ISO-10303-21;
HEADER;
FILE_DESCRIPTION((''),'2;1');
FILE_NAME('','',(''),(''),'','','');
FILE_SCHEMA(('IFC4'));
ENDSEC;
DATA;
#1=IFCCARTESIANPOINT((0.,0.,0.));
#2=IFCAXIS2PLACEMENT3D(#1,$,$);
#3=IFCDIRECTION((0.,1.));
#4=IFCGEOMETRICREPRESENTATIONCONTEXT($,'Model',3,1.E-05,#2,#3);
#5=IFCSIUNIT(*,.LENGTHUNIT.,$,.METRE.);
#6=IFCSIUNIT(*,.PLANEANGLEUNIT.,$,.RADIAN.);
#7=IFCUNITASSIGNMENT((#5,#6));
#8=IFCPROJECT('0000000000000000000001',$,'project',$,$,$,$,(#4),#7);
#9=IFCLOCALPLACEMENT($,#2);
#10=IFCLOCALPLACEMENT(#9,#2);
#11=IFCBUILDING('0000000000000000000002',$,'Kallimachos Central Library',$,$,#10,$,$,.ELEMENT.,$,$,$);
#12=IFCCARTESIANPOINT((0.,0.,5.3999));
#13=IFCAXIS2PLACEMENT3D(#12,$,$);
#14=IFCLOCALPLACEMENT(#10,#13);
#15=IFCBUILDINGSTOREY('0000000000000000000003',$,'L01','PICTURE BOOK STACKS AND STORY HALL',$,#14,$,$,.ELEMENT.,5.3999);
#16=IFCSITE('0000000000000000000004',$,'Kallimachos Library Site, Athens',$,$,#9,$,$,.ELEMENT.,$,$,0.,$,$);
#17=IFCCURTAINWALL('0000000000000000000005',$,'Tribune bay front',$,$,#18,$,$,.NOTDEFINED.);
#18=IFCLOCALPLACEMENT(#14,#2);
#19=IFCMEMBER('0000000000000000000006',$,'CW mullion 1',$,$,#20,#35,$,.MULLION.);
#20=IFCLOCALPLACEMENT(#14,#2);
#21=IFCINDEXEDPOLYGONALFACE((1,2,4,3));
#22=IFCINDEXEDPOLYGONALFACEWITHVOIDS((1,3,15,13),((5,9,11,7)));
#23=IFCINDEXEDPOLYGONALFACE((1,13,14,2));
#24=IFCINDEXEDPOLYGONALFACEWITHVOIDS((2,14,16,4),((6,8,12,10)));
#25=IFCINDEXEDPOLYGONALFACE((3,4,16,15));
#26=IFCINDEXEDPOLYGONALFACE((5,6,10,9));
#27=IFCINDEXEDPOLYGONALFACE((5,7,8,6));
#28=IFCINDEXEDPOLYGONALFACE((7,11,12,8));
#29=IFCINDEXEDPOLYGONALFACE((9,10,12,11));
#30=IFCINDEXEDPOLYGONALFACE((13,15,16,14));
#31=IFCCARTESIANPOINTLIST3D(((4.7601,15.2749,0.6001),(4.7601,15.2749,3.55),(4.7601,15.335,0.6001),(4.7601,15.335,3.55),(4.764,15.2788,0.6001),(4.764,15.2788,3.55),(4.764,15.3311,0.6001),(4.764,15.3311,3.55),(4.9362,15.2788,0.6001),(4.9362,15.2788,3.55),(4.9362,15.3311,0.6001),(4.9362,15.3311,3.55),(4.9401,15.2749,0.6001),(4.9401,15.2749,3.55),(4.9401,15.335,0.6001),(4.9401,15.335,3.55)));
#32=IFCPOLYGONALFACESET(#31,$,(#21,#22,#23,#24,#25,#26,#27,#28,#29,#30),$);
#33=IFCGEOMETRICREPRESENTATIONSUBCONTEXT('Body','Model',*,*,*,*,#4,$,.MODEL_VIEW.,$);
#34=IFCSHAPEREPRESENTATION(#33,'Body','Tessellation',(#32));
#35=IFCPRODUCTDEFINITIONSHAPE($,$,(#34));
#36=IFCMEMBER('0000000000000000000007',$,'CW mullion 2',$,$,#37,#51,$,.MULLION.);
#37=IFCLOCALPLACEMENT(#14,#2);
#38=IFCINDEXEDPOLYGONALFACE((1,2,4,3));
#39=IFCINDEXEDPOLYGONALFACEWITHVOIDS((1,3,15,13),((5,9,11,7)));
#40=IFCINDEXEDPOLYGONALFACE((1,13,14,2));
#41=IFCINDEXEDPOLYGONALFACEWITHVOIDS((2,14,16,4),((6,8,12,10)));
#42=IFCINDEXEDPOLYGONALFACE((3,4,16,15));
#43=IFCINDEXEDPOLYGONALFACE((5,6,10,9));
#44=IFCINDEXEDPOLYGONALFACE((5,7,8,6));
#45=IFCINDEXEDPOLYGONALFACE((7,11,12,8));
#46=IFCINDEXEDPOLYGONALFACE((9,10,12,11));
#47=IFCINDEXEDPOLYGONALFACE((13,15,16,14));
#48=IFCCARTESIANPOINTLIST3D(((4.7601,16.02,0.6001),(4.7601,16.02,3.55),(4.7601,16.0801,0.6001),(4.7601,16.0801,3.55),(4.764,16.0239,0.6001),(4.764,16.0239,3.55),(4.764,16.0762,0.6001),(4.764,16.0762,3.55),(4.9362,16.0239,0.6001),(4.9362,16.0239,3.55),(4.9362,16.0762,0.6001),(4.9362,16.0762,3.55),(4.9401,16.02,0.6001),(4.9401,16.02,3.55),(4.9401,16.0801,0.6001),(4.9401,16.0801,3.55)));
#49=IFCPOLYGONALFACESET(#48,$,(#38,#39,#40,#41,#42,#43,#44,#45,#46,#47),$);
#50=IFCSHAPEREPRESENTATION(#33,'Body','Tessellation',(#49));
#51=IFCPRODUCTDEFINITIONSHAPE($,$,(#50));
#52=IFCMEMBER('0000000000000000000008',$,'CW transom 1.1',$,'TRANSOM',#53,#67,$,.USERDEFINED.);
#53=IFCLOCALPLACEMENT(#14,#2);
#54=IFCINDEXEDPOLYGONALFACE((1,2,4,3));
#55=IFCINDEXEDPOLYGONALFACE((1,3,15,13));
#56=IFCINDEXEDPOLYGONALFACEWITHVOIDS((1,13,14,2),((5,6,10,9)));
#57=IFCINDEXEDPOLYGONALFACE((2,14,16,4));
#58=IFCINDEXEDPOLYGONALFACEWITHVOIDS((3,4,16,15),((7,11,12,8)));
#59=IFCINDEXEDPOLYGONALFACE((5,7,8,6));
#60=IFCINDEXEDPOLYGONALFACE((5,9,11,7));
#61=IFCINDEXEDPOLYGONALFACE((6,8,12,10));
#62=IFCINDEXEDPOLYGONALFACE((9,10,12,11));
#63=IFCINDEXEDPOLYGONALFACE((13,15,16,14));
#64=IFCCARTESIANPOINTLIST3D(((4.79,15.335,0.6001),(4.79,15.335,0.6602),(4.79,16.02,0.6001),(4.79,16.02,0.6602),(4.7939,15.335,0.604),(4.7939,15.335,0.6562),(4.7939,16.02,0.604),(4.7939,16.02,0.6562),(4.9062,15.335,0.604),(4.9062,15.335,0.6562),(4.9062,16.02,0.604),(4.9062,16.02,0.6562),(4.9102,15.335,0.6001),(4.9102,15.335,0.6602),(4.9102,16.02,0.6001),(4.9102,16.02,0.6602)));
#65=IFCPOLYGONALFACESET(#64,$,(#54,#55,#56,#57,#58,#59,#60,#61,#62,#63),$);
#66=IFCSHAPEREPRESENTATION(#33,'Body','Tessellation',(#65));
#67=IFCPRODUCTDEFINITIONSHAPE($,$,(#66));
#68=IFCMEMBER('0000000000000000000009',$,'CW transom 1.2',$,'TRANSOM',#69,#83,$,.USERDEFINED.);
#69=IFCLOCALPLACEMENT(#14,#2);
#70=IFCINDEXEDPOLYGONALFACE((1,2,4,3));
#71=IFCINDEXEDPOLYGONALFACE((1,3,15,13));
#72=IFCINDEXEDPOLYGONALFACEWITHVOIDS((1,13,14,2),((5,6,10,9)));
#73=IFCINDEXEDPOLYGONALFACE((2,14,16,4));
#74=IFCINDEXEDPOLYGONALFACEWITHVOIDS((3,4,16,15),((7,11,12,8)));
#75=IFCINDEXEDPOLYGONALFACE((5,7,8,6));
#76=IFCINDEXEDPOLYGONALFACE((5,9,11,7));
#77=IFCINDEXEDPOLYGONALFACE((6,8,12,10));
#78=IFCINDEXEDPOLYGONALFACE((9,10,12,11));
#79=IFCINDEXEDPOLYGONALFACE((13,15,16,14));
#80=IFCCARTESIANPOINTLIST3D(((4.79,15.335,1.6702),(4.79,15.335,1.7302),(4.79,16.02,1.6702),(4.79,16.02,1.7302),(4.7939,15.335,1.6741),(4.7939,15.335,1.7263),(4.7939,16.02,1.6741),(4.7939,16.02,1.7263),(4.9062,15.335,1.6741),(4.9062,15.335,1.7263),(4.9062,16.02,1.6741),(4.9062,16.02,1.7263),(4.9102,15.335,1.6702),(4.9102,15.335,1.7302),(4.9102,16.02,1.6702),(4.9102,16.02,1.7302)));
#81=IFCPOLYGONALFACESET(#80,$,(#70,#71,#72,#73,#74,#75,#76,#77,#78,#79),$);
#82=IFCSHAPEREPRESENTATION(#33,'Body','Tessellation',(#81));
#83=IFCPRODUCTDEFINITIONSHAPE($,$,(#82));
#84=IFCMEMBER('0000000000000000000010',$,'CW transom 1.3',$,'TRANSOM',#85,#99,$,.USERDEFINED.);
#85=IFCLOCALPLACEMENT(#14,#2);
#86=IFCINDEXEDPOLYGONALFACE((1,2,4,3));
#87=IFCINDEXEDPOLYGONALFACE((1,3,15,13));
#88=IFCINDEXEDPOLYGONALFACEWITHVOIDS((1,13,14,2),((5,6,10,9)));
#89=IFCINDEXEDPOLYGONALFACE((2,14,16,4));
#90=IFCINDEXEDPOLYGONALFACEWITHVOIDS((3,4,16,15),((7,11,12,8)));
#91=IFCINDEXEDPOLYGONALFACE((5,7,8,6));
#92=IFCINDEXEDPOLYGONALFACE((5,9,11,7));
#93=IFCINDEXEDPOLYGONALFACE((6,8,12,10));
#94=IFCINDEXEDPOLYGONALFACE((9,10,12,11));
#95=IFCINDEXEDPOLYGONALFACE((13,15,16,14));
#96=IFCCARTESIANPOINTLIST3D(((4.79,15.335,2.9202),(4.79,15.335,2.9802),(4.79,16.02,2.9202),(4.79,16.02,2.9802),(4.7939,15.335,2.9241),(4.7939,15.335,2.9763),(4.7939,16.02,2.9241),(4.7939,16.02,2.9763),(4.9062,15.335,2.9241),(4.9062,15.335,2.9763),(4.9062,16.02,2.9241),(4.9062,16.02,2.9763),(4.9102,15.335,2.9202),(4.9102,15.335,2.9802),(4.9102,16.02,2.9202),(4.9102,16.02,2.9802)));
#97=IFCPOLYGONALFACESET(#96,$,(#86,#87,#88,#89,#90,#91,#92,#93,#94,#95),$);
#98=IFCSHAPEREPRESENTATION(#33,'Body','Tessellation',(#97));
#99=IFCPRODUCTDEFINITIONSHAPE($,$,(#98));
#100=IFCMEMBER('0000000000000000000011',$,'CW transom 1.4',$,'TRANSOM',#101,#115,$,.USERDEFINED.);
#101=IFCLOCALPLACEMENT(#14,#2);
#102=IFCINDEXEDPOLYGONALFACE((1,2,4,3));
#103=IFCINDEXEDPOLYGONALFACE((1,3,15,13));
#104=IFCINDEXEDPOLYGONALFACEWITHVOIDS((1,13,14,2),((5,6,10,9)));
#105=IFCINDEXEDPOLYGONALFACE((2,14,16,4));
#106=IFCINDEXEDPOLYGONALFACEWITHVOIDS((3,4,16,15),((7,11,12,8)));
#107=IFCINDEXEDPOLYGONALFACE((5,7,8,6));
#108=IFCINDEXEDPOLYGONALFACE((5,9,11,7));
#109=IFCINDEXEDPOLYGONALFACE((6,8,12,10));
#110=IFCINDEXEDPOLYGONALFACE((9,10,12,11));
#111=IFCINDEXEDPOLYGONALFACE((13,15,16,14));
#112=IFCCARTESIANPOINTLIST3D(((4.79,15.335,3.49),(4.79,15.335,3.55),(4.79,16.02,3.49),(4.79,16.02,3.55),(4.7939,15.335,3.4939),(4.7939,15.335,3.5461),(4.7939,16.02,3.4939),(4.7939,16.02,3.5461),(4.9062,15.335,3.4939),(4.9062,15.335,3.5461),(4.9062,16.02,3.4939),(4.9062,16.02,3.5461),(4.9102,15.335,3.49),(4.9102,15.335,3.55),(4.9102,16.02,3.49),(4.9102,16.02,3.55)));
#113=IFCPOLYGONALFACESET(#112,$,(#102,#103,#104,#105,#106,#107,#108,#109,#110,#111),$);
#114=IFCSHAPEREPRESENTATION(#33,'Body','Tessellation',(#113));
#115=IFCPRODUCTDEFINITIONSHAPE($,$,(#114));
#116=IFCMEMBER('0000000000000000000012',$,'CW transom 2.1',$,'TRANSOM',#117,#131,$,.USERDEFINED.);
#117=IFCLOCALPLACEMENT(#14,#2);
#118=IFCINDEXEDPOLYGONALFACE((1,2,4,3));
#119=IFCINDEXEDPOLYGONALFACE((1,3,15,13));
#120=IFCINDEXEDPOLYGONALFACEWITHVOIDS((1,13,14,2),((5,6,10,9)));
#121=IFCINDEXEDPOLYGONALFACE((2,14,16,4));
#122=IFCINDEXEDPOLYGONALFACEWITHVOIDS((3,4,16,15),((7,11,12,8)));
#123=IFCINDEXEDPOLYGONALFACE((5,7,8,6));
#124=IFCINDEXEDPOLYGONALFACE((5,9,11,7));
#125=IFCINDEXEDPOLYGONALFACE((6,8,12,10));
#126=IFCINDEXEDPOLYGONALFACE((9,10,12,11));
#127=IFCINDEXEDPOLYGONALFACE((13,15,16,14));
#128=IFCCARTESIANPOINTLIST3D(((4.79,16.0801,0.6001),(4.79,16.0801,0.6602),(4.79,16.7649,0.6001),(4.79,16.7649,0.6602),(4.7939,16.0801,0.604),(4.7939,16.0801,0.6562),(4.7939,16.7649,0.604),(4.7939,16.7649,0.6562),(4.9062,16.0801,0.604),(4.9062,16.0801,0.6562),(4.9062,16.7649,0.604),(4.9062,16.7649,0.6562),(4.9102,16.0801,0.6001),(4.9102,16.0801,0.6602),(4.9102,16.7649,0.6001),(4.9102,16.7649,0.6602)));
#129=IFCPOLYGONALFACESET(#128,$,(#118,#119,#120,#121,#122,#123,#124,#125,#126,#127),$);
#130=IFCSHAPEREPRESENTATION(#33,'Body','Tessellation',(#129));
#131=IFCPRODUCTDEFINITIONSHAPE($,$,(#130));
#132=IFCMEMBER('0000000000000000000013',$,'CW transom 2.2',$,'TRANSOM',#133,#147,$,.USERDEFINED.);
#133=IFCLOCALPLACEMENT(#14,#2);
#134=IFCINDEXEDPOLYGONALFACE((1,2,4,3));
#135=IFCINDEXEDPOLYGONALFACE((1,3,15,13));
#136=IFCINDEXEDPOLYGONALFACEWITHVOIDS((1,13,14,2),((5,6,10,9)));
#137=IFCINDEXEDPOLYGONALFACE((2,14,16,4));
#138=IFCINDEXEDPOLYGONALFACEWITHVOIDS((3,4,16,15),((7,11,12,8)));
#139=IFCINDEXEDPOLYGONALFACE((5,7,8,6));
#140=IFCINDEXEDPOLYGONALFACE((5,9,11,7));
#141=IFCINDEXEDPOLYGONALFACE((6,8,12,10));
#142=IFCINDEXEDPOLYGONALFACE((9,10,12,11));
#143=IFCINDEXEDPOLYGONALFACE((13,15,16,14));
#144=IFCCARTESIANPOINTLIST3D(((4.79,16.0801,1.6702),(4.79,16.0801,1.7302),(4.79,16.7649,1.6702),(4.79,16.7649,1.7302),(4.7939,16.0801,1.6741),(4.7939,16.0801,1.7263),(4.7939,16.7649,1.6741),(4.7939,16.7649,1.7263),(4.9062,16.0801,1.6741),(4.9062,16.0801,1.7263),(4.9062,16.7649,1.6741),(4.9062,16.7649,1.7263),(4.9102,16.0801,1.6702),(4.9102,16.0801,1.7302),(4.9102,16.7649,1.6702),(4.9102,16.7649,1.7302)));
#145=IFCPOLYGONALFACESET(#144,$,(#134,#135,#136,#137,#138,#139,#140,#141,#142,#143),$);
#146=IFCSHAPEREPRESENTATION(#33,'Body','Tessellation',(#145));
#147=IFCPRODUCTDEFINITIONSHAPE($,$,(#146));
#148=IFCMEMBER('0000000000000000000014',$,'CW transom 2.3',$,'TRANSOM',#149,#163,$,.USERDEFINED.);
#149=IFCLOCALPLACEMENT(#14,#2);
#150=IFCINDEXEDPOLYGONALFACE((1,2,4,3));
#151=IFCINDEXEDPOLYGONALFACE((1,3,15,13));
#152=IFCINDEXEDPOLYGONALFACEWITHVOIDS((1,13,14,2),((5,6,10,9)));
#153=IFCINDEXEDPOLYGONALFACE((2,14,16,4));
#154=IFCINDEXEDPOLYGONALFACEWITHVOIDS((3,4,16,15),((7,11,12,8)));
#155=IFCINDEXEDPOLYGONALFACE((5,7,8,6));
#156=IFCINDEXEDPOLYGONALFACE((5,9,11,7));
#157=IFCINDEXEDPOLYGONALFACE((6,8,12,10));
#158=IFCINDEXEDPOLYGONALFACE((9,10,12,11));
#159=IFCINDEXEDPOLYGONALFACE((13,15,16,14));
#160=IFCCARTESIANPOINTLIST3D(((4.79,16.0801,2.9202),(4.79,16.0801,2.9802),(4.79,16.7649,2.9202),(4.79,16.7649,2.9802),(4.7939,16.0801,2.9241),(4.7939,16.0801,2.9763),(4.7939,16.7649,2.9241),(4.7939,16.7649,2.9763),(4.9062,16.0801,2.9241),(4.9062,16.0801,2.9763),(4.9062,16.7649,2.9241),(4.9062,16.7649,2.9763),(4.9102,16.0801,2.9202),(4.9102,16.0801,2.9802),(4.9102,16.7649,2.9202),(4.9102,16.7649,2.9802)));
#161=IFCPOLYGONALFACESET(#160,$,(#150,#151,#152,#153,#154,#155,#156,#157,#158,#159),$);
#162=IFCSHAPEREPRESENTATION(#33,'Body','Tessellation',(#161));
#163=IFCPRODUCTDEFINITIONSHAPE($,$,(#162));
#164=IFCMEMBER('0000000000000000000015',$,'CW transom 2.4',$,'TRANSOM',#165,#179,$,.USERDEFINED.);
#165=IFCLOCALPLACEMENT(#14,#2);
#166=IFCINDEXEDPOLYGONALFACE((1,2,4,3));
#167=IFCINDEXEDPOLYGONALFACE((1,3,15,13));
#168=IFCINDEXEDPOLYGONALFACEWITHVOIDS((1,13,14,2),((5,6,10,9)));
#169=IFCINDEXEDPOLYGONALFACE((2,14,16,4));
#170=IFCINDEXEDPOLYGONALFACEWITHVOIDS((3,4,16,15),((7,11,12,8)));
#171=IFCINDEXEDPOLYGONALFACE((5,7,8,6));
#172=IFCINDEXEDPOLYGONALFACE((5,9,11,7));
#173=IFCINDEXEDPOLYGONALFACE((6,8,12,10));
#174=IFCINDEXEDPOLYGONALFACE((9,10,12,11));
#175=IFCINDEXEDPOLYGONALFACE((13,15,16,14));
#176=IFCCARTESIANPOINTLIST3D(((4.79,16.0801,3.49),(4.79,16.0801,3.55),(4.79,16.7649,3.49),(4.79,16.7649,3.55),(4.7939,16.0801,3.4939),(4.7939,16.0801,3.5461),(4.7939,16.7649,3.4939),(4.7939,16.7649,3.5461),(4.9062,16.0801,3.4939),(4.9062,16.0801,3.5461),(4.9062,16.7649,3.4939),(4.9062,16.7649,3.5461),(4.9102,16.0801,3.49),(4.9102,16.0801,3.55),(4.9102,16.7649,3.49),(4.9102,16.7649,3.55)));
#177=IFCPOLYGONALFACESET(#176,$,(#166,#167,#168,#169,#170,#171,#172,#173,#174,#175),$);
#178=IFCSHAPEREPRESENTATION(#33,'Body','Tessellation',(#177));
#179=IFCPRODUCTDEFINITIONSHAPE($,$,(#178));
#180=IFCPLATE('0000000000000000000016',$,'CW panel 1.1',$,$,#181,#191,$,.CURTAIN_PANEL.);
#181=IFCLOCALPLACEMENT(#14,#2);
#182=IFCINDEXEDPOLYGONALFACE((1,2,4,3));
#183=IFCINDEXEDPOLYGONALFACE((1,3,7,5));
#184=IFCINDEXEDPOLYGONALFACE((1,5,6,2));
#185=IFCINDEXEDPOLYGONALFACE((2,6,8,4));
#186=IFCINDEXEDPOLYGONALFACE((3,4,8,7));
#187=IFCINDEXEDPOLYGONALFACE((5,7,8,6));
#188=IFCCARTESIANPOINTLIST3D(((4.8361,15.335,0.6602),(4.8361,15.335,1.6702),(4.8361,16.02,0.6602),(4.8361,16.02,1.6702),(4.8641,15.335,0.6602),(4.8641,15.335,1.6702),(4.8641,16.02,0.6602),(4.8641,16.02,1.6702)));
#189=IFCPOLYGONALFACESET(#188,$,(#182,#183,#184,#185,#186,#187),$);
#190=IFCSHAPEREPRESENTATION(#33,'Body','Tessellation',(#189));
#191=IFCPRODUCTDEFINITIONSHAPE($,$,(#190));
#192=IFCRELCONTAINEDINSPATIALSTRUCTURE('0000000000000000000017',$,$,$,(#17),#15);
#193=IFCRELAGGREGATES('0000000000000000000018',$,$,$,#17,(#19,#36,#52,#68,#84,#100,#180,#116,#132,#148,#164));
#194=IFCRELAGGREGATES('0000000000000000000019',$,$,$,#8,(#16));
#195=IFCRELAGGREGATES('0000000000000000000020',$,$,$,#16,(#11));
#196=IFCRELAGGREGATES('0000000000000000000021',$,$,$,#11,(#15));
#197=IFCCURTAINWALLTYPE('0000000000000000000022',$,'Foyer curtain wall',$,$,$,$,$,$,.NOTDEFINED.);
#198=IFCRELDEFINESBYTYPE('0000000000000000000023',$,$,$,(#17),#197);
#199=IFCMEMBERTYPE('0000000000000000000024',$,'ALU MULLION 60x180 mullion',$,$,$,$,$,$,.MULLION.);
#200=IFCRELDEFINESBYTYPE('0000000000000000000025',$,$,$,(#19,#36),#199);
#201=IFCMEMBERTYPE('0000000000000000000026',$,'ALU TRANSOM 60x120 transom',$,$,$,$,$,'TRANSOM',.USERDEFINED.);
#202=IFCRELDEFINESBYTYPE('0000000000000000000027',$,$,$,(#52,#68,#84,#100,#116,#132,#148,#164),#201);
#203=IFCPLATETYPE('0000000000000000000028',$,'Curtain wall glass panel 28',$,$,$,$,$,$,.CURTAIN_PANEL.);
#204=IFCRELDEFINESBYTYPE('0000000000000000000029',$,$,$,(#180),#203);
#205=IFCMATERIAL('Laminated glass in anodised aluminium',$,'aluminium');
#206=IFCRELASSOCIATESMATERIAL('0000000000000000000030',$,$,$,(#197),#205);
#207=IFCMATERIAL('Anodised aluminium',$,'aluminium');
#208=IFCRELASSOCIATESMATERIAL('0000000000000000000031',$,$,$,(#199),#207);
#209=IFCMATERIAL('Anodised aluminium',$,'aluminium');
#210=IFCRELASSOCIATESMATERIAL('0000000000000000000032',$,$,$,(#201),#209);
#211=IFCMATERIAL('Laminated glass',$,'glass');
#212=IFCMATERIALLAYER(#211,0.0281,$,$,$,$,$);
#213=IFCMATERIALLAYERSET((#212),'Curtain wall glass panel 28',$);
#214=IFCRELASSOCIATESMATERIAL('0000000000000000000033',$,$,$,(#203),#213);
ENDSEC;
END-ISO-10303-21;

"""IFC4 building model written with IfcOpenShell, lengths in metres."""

from ifc_helpers import new_model, si_unit, direction, frame, origin, origin_2d, place, context, subcontext, project, spatial, rectangle, hollow_rectangle, extrude, material, layer, layer_set, material_profile, profile_set, type_object, element, aggregate, save


model = new_model("IFC4")

# Units and contexts
model_context = context("Model", 3, precision=1e-05, world=origin(), true_north=direction((0.0, 1.0)))
body_context = subcontext(model_context, "Body", "Model", "MODEL_VIEW")
ifc_project = project(units=[si_unit("LENGTHUNIT", "METRE"), si_unit("PLANEANGLEUNIT", "RADIAN")], contexts=[model_context])

# Site, building, storey
site_placement = place(None, origin())
site = spatial("IfcSite", under=ifc_project, at=site_placement, Name="Kallimachos Library Site, Athens", CompositionType="ELEMENT", RefElevation=0.0)
building_placement = place(site_placement, origin())
building = spatial("IfcBuilding", under=site, at=building_placement, Name="Kallimachos Central Library", CompositionType="ELEMENT")
storey_placement = place(building_placement, frame((0.0, 0.0, 5.3999)))
storey = spatial("IfcBuildingStorey", under=building, at=storey_placement, Name="L01", Description="PICTURE BOOK STACKS AND STORY HALL", CompositionType="ELEMENT", Elevation=5.3999)

# Curtain wall, members, plate
ifc_material_1 = material(Name="Laminated glass in anodised aluminium", Category="aluminium")
curtain_wall_type = type_object("IfcCurtainWallType", Name="Foyer curtain wall", PredefinedType="NOTDEFINED", material=ifc_material_1)
curtain_wall_placement = place(storey_placement, origin())
curtain_wall = element("IfcCurtainWall", 1, at=curtain_wall_placement, inside=storey, type_object=curtain_wall_type, Name="Tribune bay front", PredefinedType="NOTDEFINED")
ifc_material_2 = material(Name="Anodised aluminium", Category="aluminium")
ifc_material_profile_1 = material_profile(ifc_material_2, hollow_rectangle(XDim=0.0601, YDim=0.1799, WallThickness=0.0039, at=origin_2d()), Name="ALU MULLION 60x180")
ifc_profile_set_1 = profile_set([ifc_material_profile_1], Name="Anodised aluminium")
member_type_1 = type_object("IfcMemberType", Name="ALU MULLION 60x180 mullion", PredefinedType="MULLION", material=ifc_profile_set_1)
member_1_placement = place(storey_placement, frame((4.8501, 15.3049, 0.6001), z_axis=(0.0, 0.0, 1.0), x_axis=(0.0, 1.0, 0.0)))
member_1 = element("IfcMember", 2, at=member_1_placement, type_object=member_type_1, Name="CW mullion 1", PredefinedType="MULLION", context=body_context, shape_type="SweptSolid", body=[
    extrude(hollow_rectangle(XDim=0.0601, YDim=0.1799, WallThickness=0.0039, at=origin_2d()), origin(), (0.0, 0.0, 1.0), 2.95),
])
member_2_placement = place(storey_placement, frame((4.8501, 16.05, 0.6001), z_axis=(0.0, 0.0, 1.0), x_axis=(0.0, 1.0, 0.0)))
member_2 = element("IfcMember", 3, at=member_2_placement, type_object=member_type_1, Name="CW mullion 2", PredefinedType="MULLION", context=body_context, shape_type="SweptSolid", body=[
    extrude(hollow_rectangle(XDim=0.0601, YDim=0.1799, WallThickness=0.0039, at=origin_2d()), origin(), (0.0, 0.0, 1.0), 2.95),
])
ifc_material_3 = material(Name="Anodised aluminium", Category="aluminium")
ifc_material_profile_2 = material_profile(ifc_material_3, hollow_rectangle(XDim=0.0601, YDim=0.1201, WallThickness=0.0039, at=origin_2d()), Name="ALU TRANSOM 60x120")
ifc_profile_set_2 = profile_set([ifc_material_profile_2], Name="Anodised aluminium")
member_type_2 = type_object("IfcMemberType", Name="ALU TRANSOM 60x120 transom", ElementType="TRANSOM", PredefinedType="USERDEFINED", material=ifc_profile_set_2)
member_3_placement = place(storey_placement, frame((4.8501, 15.335, 0.6301), z_axis=(0.0, 1.0, 0.0), x_axis=(0.0, 0.0, 1.0)))
member_3 = element("IfcMember", 4, at=member_3_placement, type_object=member_type_2, Name="CW transom 1.1", ObjectType="TRANSOM", PredefinedType="USERDEFINED", context=body_context, shape_type="SweptSolid", body=[
    extrude(hollow_rectangle(XDim=0.0601, YDim=0.1201, WallThickness=0.0039, at=origin_2d()), origin(), (0.0, 0.0, 1.0), 0.6851),
])
member_4_placement = place(storey_placement, frame((4.8501, 15.335, 1.7002), z_axis=(0.0, 1.0, 0.0), x_axis=(0.0, 0.0, 1.0)))
member_4 = element("IfcMember", 5, at=member_4_placement, type_object=member_type_2, Name="CW transom 1.2", ObjectType="TRANSOM", PredefinedType="USERDEFINED", context=body_context, shape_type="SweptSolid", body=[
    extrude(hollow_rectangle(XDim=0.0601, YDim=0.1201, WallThickness=0.0039, at=origin_2d()), origin(), (0.0, 0.0, 1.0), 0.6851),
])
member_5_placement = place(storey_placement, frame((4.8501, 15.335, 2.9502), z_axis=(0.0, 1.0, 0.0), x_axis=(0.0, 0.0, 1.0)))
member_5 = element("IfcMember", 6, at=member_5_placement, type_object=member_type_2, Name="CW transom 1.3", ObjectType="TRANSOM", PredefinedType="USERDEFINED", context=body_context, shape_type="SweptSolid", body=[
    extrude(hollow_rectangle(XDim=0.0601, YDim=0.1201, WallThickness=0.0039, at=origin_2d()), origin(), (0.0, 0.0, 1.0), 0.6851),
])
member_6_placement = place(storey_placement, frame((4.8501, 15.335, 3.52), z_axis=(0.0, 1.0, 0.0), x_axis=(0.0, 0.0, 1.0)))
member_6 = element("IfcMember", 7, at=member_6_placement, type_object=member_type_2, Name="CW transom 1.4", ObjectType="TRANSOM", PredefinedType="USERDEFINED", context=body_context, shape_type="SweptSolid", body=[
    extrude(hollow_rectangle(XDim=0.0601, YDim=0.1201, WallThickness=0.0039, at=origin_2d()), origin(), (0.0, 0.0, 1.0), 0.6851),
])
member_7_placement = place(storey_placement, frame((4.8501, 16.0801, 0.6301), z_axis=(0.0, 1.0, 0.0), x_axis=(0.0, 0.0, 1.0)))
member_7 = element("IfcMember", 8, at=member_7_placement, type_object=member_type_2, Name="CW transom 2.1", ObjectType="TRANSOM", PredefinedType="USERDEFINED", context=body_context, shape_type="SweptSolid", body=[
    extrude(hollow_rectangle(XDim=0.0601, YDim=0.1201, WallThickness=0.0039, at=origin_2d()), origin(), (0.0, 0.0, 1.0), 0.6848),
])
member_8_placement = place(storey_placement, frame((4.8501, 16.0801, 1.7002), z_axis=(0.0, 1.0, 0.0), x_axis=(0.0, 0.0, 1.0)))
member_8 = element("IfcMember", 9, at=member_8_placement, type_object=member_type_2, Name="CW transom 2.2", ObjectType="TRANSOM", PredefinedType="USERDEFINED", context=body_context, shape_type="SweptSolid", body=[
    extrude(hollow_rectangle(XDim=0.0601, YDim=0.1201, WallThickness=0.0039, at=origin_2d()), origin(), (0.0, 0.0, 1.0), 0.6848),
])
member_9_placement = place(storey_placement, frame((4.8501, 16.0801, 2.9502), z_axis=(0.0, 1.0, 0.0), x_axis=(0.0, 0.0, 1.0)))
member_9 = element("IfcMember", 10, at=member_9_placement, type_object=member_type_2, Name="CW transom 2.3", ObjectType="TRANSOM", PredefinedType="USERDEFINED", context=body_context, shape_type="SweptSolid", body=[
    extrude(hollow_rectangle(XDim=0.0601, YDim=0.1201, WallThickness=0.0039, at=origin_2d()), origin(), (0.0, 0.0, 1.0), 0.6848),
])
member_10_placement = place(storey_placement, frame((4.8501, 16.0801, 3.52), z_axis=(0.0, 1.0, 0.0), x_axis=(0.0, 0.0, 1.0)))
member_10 = element("IfcMember", 11, at=member_10_placement, type_object=member_type_2, Name="CW transom 2.4", ObjectType="TRANSOM", PredefinedType="USERDEFINED", context=body_context, shape_type="SweptSolid", body=[
    extrude(hollow_rectangle(XDim=0.0601, YDim=0.1201, WallThickness=0.0039, at=origin_2d()), origin(), (0.0, 0.0, 1.0), 0.6848),
])
ifc_material_4 = material(Name="Laminated glass", Category="glass")
ifc_layer_1 = layer(ifc_material_4, 0.0281)
ifc_layer_set_1 = layer_set([ifc_layer_1], Name="Curtain wall glass panel 28")
plate_type = type_object("IfcPlateType", Name="Curtain wall glass panel 28", PredefinedType="CURTAIN_PANEL", material=ifc_layer_set_1)
plate_1_placement = place(storey_placement, frame((4.8501, 15.6775, 0.6602), z_axis=(0.0, 0.0, 1.0), x_axis=(0.0, 1.0, 0.0)))
plate_1 = element("IfcPlate", 12, at=plate_1_placement, type_object=plate_type, Name="CW panel 1.1", PredefinedType="CURTAIN_PANEL", context=body_context, shape_type="SweptSolid", body=[
    extrude(rectangle(XDim=0.6851, YDim=0.0281, at=origin_2d()), origin(), (0.0, 0.0, 1.0), 1.01),
])
aggregate(curtain_wall, [member_1, member_2, member_3, member_4, member_5, member_6, plate_1, member_7, member_8, member_9, member_10])

save(model, "model.ifc")
